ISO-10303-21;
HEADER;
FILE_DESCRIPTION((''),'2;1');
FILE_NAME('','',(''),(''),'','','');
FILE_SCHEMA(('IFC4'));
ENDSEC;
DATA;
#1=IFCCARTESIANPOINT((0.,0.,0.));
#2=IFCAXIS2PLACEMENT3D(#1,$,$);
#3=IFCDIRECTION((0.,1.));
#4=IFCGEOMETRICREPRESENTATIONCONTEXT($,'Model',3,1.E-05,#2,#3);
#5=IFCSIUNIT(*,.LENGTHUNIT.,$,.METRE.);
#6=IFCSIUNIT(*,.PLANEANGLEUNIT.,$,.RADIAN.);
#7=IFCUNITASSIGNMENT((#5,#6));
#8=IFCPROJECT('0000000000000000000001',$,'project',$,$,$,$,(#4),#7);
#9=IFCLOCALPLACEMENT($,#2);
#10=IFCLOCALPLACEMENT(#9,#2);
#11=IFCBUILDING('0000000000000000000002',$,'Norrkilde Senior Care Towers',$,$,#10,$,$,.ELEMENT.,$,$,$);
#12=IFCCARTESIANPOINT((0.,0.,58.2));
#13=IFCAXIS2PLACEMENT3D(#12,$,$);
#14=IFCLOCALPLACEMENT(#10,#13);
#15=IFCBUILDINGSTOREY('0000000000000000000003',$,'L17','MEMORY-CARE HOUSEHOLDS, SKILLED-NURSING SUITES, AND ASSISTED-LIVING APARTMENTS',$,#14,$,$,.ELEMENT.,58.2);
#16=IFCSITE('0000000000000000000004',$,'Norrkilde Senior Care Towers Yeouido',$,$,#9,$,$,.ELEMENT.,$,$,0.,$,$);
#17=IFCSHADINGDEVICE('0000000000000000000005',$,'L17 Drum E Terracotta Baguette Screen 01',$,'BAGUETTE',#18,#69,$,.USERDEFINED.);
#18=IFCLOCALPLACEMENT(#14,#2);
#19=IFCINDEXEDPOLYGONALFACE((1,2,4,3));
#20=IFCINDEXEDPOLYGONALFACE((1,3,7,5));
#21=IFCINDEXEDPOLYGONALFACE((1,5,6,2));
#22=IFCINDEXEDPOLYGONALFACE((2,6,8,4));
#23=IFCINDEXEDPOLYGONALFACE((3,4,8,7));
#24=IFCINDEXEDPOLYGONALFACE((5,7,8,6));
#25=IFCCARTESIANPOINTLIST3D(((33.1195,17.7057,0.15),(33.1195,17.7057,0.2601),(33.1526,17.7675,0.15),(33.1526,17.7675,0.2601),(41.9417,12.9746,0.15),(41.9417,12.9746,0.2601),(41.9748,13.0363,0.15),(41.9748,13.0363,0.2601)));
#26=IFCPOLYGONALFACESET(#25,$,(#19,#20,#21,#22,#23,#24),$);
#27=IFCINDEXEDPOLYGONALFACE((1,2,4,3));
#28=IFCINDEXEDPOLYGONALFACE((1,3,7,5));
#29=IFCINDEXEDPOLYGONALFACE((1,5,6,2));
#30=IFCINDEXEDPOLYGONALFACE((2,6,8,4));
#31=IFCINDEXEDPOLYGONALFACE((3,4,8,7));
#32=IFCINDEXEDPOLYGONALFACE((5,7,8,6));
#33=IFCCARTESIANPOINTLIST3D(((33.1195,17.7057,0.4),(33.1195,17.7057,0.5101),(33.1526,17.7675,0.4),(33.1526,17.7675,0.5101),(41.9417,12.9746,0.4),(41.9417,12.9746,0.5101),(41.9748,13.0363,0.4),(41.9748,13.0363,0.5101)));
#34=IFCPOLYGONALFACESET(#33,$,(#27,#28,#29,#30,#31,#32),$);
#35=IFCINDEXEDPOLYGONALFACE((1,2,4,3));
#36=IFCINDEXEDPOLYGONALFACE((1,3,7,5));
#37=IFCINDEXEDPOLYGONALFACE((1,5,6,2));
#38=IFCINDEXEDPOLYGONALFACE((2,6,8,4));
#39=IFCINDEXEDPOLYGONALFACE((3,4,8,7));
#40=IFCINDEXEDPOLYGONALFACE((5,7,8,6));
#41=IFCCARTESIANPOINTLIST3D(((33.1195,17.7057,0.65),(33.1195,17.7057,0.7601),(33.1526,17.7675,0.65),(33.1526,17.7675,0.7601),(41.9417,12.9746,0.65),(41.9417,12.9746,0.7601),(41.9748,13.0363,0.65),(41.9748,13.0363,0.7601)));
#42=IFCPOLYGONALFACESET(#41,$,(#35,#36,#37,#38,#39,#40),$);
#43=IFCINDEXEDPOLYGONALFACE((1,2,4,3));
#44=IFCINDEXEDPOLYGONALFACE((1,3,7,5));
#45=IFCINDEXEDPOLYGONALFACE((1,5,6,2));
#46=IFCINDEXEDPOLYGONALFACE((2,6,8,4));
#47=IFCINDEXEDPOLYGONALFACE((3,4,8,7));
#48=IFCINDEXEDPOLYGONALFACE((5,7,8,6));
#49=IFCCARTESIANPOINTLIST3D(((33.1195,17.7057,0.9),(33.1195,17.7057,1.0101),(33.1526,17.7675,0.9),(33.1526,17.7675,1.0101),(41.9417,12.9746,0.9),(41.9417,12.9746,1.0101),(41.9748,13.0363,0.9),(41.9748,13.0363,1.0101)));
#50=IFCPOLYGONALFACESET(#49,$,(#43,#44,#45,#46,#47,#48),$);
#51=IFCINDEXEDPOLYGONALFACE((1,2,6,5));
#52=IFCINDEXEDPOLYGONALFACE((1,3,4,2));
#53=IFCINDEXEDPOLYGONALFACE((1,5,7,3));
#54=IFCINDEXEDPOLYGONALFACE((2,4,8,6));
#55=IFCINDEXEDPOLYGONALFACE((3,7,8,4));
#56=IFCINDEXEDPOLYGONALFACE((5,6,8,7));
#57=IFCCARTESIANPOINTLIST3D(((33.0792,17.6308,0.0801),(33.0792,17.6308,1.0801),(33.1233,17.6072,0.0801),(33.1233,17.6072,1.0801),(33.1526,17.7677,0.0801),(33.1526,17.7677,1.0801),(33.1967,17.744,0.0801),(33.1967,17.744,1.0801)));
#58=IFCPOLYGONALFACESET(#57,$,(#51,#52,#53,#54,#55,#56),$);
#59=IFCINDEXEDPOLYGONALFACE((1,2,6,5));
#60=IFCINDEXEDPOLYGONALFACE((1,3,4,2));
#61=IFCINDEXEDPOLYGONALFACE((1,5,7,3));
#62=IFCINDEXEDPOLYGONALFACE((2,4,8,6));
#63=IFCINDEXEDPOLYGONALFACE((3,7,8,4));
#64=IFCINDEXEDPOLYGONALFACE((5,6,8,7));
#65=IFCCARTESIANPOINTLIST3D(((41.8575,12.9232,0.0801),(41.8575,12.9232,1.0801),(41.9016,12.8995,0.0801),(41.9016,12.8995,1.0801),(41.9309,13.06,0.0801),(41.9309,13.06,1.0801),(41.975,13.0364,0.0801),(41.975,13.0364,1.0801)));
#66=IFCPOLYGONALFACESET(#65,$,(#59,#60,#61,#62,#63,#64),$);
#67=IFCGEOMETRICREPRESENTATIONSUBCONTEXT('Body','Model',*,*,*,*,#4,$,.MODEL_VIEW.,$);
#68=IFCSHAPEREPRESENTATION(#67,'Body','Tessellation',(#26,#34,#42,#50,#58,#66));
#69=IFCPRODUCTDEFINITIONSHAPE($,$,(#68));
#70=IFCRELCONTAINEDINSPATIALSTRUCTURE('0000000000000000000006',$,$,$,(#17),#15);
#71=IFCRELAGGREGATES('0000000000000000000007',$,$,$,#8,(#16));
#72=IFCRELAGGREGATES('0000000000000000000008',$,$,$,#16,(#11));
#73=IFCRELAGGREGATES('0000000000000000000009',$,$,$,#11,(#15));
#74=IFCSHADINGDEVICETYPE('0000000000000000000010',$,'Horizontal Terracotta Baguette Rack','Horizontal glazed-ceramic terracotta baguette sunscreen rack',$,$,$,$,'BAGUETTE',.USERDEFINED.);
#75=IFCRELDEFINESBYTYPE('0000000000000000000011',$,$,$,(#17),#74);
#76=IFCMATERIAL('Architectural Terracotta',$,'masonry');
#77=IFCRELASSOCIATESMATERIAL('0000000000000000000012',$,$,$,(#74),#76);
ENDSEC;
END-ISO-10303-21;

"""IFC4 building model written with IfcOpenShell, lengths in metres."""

from ifc_helpers import new_model, si_unit, direction, frame, origin, origin_2d, place, context, subcontext, project, spatial, rectangle, extrude, source, transform, mapped, material, type_object, type_shapes, element, save


model = new_model("IFC4")

# Units and contexts
model_context = context("Model", 3, precision=1e-05, world=origin(), true_north=direction((0.0, 1.0)))
body_context = subcontext(model_context, "Body", "Model", "MODEL_VIEW")
ifc_project = project(units=[si_unit("LENGTHUNIT", "METRE"), si_unit("PLANEANGLEUNIT", "RADIAN")], contexts=[model_context])

# Site, building, storey
site_placement = place(None, origin())
site = spatial("IfcSite", under=ifc_project, at=site_placement, Name="Norrkilde Senior Care Towers Yeouido", CompositionType="ELEMENT", RefElevation=0.0)
building_placement = place(site_placement, origin())
building = spatial("IfcBuilding", under=site, at=building_placement, Name="Norrkilde Senior Care Towers", CompositionType="ELEMENT")
storey_placement = place(building_placement, frame((0.0, 0.0, 58.2)))
storey = spatial("IfcBuildingStorey", under=building, at=storey_placement, Name="L17", Description="MEMORY-CARE HOUSEHOLDS, SKILLED-NURSING SUITES, AND ASSISTED-LIVING APARTMENTS", CompositionType="ELEMENT", Elevation=58.2)

# Shading device
ifc_material_1 = material(Name="Architectural Terracotta", Category="masonry")
shading_device_type = type_object("IfcShadingDeviceType", Name="Horizontal Terracotta Baguette Rack", Description="Horizontal glazed-ceramic terracotta baguette sunscreen rack", ElementType="BAGUETTE", PredefinedType="USERDEFINED", material=ifc_material_1)
shared_shape_1 = source(origin(), body_context, "Body", "SweptSolid", [
    extrude(rectangle(XDim=0.0701, YDim=0.1101, at=origin_2d()), frame((0.0, 0.0901, 0.125), z_axis=(1.0, 0.0, 0.0), x_axis=(0.0, 1.0, 0.0)), (0.0, 0.0, 1.0), 10.0107),
    extrude(rectangle(XDim=0.0701, YDim=0.1101, at=origin_2d()), frame((0.0, 0.0901, 0.375), z_axis=(1.0, 0.0, 0.0), x_axis=(0.0, 1.0, 0.0)), (0.0, 0.0, 1.0), 10.0107),
    extrude(rectangle(XDim=0.0701, YDim=0.1101, at=origin_2d()), frame((0.0, 0.0901, 0.625), z_axis=(1.0, 0.0, 0.0), x_axis=(0.0, 1.0, 0.0)), (0.0, 0.0, 1.0), 10.0107),
    extrude(rectangle(XDim=0.0701, YDim=0.1101, at=origin_2d()), frame((0.0, 0.0901, 0.875), z_axis=(1.0, 0.0, 0.0), x_axis=(0.0, 1.0, 0.0)), (0.0, 0.0, 1.0), 10.0107),
    extrude(rectangle(XDim=0.05, YDim=0.1553, at=origin_2d()), frame((0.0249, 0.0476, 0.0)), (0.0, 0.0, 1.0), 1.0),
    extrude(rectangle(XDim=0.05, YDim=0.1553, at=origin_2d()), frame((9.9858, 0.0476, 0.0)), (0.0, 0.0, 1.0), 1.0),
])
type_shapes(shading_device_type, [shared_shape_1])
shading_device_placement = place(storey_placement, frame((33.0935, 17.6572, 0.0801), z_axis=(0.0, 0.0, 1.0), x_axis=(0.88128, -0.472612, 0.0)))
element("IfcShadingDevice", 1, at=shading_device_placement, inside=storey, type_object=shading_device_type, Name="L17 Drum E Terracotta Baguette Screen 01", ObjectType="BAGUETTE", PredefinedType="USERDEFINED", context=body_context, shape_type="MappedRepresentation", body=[
    mapped(shared_shape_1, transform((0.0, 0.0, 0.0), x_axis=(1.0, 0.0, 0.0), y_axis=(0.0, 1.0, 0.0), z_axis=(0.0, 0.0, 1.0), scale=1.0)),
])

save(model, "model.ifc")
